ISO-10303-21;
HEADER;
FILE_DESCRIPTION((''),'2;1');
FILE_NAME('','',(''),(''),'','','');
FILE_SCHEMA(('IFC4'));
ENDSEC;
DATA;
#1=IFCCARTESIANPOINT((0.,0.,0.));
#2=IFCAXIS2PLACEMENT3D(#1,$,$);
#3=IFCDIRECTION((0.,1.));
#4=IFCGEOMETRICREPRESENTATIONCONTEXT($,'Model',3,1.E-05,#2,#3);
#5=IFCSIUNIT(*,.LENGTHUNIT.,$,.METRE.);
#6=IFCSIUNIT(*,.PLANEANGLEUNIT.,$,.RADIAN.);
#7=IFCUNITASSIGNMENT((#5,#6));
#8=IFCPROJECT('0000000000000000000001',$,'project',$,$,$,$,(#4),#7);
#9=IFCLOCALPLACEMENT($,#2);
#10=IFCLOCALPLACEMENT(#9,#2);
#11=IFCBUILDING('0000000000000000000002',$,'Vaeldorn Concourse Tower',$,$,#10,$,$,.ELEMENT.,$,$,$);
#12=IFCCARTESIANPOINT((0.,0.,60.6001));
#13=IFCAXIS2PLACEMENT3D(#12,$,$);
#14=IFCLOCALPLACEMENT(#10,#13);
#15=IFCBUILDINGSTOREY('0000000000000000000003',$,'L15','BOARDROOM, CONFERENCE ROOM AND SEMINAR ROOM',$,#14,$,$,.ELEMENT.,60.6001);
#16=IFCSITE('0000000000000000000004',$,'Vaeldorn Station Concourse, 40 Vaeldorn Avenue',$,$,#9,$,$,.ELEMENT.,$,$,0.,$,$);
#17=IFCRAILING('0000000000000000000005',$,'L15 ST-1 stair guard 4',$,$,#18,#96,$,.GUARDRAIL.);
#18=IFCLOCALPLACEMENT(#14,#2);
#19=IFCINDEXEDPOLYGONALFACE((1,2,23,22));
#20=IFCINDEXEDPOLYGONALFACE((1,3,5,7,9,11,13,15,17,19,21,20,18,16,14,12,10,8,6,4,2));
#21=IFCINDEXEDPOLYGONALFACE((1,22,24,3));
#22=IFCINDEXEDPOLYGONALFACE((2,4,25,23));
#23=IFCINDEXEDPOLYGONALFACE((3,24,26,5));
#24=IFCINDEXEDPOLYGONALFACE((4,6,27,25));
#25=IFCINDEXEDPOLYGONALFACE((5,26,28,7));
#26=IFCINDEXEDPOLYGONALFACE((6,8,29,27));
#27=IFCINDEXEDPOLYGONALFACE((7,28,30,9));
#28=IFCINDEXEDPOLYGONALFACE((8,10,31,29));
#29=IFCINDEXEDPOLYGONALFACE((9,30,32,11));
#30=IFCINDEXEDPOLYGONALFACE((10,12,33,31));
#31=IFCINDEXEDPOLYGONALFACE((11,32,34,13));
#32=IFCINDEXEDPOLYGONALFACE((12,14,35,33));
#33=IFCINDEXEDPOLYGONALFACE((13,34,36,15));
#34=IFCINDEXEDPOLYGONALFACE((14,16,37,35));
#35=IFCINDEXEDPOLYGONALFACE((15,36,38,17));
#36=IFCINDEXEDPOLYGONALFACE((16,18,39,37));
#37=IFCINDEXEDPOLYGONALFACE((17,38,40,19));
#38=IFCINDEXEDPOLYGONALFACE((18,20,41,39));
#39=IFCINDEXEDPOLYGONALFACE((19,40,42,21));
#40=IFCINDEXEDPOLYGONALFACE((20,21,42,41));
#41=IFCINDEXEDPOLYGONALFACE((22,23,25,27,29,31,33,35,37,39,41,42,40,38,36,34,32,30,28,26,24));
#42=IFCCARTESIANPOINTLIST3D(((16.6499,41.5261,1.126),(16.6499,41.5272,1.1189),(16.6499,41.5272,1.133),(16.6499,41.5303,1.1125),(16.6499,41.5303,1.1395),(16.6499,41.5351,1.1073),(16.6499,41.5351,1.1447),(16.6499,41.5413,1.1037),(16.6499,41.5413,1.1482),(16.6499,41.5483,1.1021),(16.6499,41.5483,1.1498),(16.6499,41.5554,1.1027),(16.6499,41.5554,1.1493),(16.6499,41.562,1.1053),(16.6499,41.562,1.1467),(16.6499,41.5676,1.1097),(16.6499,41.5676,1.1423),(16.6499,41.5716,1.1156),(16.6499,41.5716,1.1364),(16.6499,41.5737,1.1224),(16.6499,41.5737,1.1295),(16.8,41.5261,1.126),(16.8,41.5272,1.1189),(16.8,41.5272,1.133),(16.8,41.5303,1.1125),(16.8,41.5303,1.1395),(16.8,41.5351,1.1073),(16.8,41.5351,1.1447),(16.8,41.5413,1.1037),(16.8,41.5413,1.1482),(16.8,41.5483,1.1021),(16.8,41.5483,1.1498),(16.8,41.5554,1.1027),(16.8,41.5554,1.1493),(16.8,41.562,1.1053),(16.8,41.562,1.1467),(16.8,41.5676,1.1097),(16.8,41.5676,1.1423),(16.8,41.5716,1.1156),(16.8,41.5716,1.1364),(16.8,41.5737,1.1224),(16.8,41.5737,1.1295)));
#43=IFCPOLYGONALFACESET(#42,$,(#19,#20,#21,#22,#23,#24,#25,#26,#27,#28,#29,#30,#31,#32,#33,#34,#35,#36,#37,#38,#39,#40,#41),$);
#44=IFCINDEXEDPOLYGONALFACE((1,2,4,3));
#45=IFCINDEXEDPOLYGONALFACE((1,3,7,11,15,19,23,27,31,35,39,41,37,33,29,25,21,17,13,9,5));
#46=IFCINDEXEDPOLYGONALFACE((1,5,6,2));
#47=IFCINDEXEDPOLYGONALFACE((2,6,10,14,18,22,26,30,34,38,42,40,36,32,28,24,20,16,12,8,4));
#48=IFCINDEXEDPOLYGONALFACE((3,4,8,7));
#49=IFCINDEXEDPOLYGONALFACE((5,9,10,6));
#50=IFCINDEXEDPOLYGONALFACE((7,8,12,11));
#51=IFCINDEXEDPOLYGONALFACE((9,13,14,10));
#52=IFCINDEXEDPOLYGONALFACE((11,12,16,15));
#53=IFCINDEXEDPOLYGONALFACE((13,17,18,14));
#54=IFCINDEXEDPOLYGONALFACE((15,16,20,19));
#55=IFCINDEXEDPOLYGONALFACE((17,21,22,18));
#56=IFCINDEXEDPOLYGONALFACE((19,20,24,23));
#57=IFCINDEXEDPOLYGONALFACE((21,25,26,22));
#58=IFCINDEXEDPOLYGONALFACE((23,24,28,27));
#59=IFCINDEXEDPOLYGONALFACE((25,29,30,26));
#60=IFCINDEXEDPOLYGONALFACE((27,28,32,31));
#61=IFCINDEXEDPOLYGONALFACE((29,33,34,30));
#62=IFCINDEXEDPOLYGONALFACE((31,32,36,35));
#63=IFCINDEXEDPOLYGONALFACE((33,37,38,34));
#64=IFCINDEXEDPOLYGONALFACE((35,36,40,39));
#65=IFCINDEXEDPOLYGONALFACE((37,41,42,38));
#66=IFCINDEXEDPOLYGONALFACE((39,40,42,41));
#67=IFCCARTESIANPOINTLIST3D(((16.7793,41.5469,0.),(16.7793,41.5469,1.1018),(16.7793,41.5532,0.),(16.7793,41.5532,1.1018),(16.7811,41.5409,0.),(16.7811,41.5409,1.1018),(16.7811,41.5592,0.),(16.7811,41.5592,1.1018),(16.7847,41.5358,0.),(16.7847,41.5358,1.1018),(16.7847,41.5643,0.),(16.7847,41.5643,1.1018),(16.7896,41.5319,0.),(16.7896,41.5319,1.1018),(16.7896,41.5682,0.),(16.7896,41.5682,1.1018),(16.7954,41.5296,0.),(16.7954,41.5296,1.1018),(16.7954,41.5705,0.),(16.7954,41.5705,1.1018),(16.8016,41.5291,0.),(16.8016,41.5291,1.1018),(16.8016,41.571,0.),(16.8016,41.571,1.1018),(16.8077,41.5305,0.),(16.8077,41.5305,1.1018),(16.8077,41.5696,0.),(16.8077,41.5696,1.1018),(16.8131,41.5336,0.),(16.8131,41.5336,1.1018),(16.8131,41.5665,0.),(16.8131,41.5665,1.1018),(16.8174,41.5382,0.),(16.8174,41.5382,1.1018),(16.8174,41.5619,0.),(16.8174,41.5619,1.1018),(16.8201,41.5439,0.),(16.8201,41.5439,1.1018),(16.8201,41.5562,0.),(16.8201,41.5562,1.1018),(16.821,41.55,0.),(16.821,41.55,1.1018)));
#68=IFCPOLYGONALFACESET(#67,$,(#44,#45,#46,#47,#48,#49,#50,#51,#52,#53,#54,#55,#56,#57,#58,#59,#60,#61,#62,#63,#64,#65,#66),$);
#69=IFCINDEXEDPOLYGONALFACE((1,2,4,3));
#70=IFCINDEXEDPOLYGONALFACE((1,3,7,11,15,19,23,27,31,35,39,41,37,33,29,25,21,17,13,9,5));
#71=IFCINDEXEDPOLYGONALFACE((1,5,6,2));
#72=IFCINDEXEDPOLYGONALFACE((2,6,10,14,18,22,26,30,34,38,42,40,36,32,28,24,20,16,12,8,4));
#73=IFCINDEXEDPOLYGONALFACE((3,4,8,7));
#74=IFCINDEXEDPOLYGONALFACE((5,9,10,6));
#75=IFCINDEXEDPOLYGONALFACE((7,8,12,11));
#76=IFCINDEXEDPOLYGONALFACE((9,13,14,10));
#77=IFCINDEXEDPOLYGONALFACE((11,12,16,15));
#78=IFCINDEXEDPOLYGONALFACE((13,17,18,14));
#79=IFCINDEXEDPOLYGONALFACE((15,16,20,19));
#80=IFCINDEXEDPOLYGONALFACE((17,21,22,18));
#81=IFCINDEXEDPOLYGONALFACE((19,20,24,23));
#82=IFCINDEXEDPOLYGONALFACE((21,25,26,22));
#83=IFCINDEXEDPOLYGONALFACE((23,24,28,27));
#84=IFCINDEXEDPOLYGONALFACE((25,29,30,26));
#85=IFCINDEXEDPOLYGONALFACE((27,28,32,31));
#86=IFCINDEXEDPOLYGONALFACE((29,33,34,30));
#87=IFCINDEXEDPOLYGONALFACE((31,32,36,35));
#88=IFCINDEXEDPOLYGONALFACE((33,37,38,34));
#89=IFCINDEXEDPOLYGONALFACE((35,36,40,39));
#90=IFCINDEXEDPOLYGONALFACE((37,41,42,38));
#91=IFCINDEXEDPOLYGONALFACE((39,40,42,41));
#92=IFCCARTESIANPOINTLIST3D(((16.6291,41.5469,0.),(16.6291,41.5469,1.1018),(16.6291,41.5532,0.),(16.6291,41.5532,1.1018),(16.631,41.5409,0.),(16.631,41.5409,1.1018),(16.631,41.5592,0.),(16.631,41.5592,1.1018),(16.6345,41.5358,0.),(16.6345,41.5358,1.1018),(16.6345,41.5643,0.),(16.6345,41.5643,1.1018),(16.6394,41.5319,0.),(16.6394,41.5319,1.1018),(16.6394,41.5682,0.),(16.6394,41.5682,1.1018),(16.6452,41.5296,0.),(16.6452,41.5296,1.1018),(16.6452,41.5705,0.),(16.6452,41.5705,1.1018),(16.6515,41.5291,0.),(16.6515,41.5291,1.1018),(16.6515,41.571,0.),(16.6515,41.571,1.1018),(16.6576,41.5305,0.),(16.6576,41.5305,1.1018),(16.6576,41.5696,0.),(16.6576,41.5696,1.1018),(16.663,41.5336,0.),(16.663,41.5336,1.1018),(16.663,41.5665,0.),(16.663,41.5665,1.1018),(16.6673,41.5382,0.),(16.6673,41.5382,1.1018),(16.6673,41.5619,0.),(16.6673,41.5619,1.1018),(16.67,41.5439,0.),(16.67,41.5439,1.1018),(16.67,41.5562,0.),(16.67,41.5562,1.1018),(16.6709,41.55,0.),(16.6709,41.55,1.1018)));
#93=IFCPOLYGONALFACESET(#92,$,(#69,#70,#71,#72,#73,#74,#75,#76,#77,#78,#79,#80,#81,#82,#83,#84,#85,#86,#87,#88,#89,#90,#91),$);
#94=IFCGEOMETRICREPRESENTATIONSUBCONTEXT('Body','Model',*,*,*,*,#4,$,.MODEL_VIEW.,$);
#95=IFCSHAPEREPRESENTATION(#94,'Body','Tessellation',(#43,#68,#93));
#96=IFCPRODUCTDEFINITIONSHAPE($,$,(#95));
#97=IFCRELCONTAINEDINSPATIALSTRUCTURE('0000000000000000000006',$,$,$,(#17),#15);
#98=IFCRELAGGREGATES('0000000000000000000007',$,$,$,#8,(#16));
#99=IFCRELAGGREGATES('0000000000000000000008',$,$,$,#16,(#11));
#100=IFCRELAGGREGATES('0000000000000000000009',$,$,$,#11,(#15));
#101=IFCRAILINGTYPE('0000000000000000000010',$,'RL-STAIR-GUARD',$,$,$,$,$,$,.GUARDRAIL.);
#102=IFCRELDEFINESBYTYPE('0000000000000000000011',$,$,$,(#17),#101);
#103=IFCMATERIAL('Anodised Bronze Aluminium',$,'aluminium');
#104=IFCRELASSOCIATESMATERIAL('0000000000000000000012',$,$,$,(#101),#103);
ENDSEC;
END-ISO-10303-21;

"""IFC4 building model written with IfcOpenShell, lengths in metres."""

from ifc_helpers import new_model, si_unit, direction, frame, origin, origin_2d, place, context, subcontext, project, spatial, circle, extrude, material, type_object, element, save


model = new_model("IFC4")

# Units and contexts
model_context = context("Model", 3, precision=1e-05, world=origin(), true_north=direction((0.0, 1.0)))
body_context = subcontext(model_context, "Body", "Model", "MODEL_VIEW")
ifc_project = project(units=[si_unit("LENGTHUNIT", "METRE"), si_unit("PLANEANGLEUNIT", "RADIAN")], contexts=[model_context])

# Site, building, storey
site_placement = place(None, origin())
site = spatial("IfcSite", under=ifc_project, at=site_placement, Name="Vaeldorn Station Concourse, 40 Vaeldorn Avenue", CompositionType="ELEMENT", RefElevation=0.0)
building_placement = place(site_placement, origin())
building = spatial("IfcBuilding", under=site, at=building_placement, Name="Vaeldorn Concourse Tower", CompositionType="ELEMENT")
storey_placement = place(building_placement, frame((0.0, 0.0, 60.6001)))
storey = spatial("IfcBuildingStorey", under=building, at=storey_placement, Name="L15", Description="BOARDROOM, CONFERENCE ROOM AND SEMINAR ROOM", CompositionType="ELEMENT", Elevation=60.6001)

# Shared definitions
ifc_material_1 = material(Name="Anodised Bronze Aluminium", Category="aluminium")

# Railing
railing_type_1 = type_object("IfcRailingType", Name="RL-STAIR-GUARD", PredefinedType="GUARDRAIL", material=ifc_material_1)
railing_1_placement = place(storey_placement, frame((16.8, 41.55, 0.0)))
element("IfcRailing", 1, at=railing_1_placement, inside=storey, type_object=railing_type_1, Name="L15 ST-1 stair guard 4", PredefinedType="GUARDRAIL", context=body_context, shape_type="SweptSolid", body=[
    extrude(circle(Radius=0.0239, at=origin_2d()), frame((0.0, 0.0, 1.126), z_axis=(-1.0, 0.0, 0.0), x_axis=(0.0, -1.0, 0.0)), (0.0, 0.0, 1.0), 0.1501),
    extrude(circle(Radius=0.021, at=origin_2d()), origin(), (0.0, 0.0, 1.0), 1.1018),
    extrude(circle(Radius=0.021, at=origin_2d()), frame((-0.1501, 0.0, 0.0)), (0.0, 0.0, 1.0), 1.1018),
])

save(model, "model.ifc")
